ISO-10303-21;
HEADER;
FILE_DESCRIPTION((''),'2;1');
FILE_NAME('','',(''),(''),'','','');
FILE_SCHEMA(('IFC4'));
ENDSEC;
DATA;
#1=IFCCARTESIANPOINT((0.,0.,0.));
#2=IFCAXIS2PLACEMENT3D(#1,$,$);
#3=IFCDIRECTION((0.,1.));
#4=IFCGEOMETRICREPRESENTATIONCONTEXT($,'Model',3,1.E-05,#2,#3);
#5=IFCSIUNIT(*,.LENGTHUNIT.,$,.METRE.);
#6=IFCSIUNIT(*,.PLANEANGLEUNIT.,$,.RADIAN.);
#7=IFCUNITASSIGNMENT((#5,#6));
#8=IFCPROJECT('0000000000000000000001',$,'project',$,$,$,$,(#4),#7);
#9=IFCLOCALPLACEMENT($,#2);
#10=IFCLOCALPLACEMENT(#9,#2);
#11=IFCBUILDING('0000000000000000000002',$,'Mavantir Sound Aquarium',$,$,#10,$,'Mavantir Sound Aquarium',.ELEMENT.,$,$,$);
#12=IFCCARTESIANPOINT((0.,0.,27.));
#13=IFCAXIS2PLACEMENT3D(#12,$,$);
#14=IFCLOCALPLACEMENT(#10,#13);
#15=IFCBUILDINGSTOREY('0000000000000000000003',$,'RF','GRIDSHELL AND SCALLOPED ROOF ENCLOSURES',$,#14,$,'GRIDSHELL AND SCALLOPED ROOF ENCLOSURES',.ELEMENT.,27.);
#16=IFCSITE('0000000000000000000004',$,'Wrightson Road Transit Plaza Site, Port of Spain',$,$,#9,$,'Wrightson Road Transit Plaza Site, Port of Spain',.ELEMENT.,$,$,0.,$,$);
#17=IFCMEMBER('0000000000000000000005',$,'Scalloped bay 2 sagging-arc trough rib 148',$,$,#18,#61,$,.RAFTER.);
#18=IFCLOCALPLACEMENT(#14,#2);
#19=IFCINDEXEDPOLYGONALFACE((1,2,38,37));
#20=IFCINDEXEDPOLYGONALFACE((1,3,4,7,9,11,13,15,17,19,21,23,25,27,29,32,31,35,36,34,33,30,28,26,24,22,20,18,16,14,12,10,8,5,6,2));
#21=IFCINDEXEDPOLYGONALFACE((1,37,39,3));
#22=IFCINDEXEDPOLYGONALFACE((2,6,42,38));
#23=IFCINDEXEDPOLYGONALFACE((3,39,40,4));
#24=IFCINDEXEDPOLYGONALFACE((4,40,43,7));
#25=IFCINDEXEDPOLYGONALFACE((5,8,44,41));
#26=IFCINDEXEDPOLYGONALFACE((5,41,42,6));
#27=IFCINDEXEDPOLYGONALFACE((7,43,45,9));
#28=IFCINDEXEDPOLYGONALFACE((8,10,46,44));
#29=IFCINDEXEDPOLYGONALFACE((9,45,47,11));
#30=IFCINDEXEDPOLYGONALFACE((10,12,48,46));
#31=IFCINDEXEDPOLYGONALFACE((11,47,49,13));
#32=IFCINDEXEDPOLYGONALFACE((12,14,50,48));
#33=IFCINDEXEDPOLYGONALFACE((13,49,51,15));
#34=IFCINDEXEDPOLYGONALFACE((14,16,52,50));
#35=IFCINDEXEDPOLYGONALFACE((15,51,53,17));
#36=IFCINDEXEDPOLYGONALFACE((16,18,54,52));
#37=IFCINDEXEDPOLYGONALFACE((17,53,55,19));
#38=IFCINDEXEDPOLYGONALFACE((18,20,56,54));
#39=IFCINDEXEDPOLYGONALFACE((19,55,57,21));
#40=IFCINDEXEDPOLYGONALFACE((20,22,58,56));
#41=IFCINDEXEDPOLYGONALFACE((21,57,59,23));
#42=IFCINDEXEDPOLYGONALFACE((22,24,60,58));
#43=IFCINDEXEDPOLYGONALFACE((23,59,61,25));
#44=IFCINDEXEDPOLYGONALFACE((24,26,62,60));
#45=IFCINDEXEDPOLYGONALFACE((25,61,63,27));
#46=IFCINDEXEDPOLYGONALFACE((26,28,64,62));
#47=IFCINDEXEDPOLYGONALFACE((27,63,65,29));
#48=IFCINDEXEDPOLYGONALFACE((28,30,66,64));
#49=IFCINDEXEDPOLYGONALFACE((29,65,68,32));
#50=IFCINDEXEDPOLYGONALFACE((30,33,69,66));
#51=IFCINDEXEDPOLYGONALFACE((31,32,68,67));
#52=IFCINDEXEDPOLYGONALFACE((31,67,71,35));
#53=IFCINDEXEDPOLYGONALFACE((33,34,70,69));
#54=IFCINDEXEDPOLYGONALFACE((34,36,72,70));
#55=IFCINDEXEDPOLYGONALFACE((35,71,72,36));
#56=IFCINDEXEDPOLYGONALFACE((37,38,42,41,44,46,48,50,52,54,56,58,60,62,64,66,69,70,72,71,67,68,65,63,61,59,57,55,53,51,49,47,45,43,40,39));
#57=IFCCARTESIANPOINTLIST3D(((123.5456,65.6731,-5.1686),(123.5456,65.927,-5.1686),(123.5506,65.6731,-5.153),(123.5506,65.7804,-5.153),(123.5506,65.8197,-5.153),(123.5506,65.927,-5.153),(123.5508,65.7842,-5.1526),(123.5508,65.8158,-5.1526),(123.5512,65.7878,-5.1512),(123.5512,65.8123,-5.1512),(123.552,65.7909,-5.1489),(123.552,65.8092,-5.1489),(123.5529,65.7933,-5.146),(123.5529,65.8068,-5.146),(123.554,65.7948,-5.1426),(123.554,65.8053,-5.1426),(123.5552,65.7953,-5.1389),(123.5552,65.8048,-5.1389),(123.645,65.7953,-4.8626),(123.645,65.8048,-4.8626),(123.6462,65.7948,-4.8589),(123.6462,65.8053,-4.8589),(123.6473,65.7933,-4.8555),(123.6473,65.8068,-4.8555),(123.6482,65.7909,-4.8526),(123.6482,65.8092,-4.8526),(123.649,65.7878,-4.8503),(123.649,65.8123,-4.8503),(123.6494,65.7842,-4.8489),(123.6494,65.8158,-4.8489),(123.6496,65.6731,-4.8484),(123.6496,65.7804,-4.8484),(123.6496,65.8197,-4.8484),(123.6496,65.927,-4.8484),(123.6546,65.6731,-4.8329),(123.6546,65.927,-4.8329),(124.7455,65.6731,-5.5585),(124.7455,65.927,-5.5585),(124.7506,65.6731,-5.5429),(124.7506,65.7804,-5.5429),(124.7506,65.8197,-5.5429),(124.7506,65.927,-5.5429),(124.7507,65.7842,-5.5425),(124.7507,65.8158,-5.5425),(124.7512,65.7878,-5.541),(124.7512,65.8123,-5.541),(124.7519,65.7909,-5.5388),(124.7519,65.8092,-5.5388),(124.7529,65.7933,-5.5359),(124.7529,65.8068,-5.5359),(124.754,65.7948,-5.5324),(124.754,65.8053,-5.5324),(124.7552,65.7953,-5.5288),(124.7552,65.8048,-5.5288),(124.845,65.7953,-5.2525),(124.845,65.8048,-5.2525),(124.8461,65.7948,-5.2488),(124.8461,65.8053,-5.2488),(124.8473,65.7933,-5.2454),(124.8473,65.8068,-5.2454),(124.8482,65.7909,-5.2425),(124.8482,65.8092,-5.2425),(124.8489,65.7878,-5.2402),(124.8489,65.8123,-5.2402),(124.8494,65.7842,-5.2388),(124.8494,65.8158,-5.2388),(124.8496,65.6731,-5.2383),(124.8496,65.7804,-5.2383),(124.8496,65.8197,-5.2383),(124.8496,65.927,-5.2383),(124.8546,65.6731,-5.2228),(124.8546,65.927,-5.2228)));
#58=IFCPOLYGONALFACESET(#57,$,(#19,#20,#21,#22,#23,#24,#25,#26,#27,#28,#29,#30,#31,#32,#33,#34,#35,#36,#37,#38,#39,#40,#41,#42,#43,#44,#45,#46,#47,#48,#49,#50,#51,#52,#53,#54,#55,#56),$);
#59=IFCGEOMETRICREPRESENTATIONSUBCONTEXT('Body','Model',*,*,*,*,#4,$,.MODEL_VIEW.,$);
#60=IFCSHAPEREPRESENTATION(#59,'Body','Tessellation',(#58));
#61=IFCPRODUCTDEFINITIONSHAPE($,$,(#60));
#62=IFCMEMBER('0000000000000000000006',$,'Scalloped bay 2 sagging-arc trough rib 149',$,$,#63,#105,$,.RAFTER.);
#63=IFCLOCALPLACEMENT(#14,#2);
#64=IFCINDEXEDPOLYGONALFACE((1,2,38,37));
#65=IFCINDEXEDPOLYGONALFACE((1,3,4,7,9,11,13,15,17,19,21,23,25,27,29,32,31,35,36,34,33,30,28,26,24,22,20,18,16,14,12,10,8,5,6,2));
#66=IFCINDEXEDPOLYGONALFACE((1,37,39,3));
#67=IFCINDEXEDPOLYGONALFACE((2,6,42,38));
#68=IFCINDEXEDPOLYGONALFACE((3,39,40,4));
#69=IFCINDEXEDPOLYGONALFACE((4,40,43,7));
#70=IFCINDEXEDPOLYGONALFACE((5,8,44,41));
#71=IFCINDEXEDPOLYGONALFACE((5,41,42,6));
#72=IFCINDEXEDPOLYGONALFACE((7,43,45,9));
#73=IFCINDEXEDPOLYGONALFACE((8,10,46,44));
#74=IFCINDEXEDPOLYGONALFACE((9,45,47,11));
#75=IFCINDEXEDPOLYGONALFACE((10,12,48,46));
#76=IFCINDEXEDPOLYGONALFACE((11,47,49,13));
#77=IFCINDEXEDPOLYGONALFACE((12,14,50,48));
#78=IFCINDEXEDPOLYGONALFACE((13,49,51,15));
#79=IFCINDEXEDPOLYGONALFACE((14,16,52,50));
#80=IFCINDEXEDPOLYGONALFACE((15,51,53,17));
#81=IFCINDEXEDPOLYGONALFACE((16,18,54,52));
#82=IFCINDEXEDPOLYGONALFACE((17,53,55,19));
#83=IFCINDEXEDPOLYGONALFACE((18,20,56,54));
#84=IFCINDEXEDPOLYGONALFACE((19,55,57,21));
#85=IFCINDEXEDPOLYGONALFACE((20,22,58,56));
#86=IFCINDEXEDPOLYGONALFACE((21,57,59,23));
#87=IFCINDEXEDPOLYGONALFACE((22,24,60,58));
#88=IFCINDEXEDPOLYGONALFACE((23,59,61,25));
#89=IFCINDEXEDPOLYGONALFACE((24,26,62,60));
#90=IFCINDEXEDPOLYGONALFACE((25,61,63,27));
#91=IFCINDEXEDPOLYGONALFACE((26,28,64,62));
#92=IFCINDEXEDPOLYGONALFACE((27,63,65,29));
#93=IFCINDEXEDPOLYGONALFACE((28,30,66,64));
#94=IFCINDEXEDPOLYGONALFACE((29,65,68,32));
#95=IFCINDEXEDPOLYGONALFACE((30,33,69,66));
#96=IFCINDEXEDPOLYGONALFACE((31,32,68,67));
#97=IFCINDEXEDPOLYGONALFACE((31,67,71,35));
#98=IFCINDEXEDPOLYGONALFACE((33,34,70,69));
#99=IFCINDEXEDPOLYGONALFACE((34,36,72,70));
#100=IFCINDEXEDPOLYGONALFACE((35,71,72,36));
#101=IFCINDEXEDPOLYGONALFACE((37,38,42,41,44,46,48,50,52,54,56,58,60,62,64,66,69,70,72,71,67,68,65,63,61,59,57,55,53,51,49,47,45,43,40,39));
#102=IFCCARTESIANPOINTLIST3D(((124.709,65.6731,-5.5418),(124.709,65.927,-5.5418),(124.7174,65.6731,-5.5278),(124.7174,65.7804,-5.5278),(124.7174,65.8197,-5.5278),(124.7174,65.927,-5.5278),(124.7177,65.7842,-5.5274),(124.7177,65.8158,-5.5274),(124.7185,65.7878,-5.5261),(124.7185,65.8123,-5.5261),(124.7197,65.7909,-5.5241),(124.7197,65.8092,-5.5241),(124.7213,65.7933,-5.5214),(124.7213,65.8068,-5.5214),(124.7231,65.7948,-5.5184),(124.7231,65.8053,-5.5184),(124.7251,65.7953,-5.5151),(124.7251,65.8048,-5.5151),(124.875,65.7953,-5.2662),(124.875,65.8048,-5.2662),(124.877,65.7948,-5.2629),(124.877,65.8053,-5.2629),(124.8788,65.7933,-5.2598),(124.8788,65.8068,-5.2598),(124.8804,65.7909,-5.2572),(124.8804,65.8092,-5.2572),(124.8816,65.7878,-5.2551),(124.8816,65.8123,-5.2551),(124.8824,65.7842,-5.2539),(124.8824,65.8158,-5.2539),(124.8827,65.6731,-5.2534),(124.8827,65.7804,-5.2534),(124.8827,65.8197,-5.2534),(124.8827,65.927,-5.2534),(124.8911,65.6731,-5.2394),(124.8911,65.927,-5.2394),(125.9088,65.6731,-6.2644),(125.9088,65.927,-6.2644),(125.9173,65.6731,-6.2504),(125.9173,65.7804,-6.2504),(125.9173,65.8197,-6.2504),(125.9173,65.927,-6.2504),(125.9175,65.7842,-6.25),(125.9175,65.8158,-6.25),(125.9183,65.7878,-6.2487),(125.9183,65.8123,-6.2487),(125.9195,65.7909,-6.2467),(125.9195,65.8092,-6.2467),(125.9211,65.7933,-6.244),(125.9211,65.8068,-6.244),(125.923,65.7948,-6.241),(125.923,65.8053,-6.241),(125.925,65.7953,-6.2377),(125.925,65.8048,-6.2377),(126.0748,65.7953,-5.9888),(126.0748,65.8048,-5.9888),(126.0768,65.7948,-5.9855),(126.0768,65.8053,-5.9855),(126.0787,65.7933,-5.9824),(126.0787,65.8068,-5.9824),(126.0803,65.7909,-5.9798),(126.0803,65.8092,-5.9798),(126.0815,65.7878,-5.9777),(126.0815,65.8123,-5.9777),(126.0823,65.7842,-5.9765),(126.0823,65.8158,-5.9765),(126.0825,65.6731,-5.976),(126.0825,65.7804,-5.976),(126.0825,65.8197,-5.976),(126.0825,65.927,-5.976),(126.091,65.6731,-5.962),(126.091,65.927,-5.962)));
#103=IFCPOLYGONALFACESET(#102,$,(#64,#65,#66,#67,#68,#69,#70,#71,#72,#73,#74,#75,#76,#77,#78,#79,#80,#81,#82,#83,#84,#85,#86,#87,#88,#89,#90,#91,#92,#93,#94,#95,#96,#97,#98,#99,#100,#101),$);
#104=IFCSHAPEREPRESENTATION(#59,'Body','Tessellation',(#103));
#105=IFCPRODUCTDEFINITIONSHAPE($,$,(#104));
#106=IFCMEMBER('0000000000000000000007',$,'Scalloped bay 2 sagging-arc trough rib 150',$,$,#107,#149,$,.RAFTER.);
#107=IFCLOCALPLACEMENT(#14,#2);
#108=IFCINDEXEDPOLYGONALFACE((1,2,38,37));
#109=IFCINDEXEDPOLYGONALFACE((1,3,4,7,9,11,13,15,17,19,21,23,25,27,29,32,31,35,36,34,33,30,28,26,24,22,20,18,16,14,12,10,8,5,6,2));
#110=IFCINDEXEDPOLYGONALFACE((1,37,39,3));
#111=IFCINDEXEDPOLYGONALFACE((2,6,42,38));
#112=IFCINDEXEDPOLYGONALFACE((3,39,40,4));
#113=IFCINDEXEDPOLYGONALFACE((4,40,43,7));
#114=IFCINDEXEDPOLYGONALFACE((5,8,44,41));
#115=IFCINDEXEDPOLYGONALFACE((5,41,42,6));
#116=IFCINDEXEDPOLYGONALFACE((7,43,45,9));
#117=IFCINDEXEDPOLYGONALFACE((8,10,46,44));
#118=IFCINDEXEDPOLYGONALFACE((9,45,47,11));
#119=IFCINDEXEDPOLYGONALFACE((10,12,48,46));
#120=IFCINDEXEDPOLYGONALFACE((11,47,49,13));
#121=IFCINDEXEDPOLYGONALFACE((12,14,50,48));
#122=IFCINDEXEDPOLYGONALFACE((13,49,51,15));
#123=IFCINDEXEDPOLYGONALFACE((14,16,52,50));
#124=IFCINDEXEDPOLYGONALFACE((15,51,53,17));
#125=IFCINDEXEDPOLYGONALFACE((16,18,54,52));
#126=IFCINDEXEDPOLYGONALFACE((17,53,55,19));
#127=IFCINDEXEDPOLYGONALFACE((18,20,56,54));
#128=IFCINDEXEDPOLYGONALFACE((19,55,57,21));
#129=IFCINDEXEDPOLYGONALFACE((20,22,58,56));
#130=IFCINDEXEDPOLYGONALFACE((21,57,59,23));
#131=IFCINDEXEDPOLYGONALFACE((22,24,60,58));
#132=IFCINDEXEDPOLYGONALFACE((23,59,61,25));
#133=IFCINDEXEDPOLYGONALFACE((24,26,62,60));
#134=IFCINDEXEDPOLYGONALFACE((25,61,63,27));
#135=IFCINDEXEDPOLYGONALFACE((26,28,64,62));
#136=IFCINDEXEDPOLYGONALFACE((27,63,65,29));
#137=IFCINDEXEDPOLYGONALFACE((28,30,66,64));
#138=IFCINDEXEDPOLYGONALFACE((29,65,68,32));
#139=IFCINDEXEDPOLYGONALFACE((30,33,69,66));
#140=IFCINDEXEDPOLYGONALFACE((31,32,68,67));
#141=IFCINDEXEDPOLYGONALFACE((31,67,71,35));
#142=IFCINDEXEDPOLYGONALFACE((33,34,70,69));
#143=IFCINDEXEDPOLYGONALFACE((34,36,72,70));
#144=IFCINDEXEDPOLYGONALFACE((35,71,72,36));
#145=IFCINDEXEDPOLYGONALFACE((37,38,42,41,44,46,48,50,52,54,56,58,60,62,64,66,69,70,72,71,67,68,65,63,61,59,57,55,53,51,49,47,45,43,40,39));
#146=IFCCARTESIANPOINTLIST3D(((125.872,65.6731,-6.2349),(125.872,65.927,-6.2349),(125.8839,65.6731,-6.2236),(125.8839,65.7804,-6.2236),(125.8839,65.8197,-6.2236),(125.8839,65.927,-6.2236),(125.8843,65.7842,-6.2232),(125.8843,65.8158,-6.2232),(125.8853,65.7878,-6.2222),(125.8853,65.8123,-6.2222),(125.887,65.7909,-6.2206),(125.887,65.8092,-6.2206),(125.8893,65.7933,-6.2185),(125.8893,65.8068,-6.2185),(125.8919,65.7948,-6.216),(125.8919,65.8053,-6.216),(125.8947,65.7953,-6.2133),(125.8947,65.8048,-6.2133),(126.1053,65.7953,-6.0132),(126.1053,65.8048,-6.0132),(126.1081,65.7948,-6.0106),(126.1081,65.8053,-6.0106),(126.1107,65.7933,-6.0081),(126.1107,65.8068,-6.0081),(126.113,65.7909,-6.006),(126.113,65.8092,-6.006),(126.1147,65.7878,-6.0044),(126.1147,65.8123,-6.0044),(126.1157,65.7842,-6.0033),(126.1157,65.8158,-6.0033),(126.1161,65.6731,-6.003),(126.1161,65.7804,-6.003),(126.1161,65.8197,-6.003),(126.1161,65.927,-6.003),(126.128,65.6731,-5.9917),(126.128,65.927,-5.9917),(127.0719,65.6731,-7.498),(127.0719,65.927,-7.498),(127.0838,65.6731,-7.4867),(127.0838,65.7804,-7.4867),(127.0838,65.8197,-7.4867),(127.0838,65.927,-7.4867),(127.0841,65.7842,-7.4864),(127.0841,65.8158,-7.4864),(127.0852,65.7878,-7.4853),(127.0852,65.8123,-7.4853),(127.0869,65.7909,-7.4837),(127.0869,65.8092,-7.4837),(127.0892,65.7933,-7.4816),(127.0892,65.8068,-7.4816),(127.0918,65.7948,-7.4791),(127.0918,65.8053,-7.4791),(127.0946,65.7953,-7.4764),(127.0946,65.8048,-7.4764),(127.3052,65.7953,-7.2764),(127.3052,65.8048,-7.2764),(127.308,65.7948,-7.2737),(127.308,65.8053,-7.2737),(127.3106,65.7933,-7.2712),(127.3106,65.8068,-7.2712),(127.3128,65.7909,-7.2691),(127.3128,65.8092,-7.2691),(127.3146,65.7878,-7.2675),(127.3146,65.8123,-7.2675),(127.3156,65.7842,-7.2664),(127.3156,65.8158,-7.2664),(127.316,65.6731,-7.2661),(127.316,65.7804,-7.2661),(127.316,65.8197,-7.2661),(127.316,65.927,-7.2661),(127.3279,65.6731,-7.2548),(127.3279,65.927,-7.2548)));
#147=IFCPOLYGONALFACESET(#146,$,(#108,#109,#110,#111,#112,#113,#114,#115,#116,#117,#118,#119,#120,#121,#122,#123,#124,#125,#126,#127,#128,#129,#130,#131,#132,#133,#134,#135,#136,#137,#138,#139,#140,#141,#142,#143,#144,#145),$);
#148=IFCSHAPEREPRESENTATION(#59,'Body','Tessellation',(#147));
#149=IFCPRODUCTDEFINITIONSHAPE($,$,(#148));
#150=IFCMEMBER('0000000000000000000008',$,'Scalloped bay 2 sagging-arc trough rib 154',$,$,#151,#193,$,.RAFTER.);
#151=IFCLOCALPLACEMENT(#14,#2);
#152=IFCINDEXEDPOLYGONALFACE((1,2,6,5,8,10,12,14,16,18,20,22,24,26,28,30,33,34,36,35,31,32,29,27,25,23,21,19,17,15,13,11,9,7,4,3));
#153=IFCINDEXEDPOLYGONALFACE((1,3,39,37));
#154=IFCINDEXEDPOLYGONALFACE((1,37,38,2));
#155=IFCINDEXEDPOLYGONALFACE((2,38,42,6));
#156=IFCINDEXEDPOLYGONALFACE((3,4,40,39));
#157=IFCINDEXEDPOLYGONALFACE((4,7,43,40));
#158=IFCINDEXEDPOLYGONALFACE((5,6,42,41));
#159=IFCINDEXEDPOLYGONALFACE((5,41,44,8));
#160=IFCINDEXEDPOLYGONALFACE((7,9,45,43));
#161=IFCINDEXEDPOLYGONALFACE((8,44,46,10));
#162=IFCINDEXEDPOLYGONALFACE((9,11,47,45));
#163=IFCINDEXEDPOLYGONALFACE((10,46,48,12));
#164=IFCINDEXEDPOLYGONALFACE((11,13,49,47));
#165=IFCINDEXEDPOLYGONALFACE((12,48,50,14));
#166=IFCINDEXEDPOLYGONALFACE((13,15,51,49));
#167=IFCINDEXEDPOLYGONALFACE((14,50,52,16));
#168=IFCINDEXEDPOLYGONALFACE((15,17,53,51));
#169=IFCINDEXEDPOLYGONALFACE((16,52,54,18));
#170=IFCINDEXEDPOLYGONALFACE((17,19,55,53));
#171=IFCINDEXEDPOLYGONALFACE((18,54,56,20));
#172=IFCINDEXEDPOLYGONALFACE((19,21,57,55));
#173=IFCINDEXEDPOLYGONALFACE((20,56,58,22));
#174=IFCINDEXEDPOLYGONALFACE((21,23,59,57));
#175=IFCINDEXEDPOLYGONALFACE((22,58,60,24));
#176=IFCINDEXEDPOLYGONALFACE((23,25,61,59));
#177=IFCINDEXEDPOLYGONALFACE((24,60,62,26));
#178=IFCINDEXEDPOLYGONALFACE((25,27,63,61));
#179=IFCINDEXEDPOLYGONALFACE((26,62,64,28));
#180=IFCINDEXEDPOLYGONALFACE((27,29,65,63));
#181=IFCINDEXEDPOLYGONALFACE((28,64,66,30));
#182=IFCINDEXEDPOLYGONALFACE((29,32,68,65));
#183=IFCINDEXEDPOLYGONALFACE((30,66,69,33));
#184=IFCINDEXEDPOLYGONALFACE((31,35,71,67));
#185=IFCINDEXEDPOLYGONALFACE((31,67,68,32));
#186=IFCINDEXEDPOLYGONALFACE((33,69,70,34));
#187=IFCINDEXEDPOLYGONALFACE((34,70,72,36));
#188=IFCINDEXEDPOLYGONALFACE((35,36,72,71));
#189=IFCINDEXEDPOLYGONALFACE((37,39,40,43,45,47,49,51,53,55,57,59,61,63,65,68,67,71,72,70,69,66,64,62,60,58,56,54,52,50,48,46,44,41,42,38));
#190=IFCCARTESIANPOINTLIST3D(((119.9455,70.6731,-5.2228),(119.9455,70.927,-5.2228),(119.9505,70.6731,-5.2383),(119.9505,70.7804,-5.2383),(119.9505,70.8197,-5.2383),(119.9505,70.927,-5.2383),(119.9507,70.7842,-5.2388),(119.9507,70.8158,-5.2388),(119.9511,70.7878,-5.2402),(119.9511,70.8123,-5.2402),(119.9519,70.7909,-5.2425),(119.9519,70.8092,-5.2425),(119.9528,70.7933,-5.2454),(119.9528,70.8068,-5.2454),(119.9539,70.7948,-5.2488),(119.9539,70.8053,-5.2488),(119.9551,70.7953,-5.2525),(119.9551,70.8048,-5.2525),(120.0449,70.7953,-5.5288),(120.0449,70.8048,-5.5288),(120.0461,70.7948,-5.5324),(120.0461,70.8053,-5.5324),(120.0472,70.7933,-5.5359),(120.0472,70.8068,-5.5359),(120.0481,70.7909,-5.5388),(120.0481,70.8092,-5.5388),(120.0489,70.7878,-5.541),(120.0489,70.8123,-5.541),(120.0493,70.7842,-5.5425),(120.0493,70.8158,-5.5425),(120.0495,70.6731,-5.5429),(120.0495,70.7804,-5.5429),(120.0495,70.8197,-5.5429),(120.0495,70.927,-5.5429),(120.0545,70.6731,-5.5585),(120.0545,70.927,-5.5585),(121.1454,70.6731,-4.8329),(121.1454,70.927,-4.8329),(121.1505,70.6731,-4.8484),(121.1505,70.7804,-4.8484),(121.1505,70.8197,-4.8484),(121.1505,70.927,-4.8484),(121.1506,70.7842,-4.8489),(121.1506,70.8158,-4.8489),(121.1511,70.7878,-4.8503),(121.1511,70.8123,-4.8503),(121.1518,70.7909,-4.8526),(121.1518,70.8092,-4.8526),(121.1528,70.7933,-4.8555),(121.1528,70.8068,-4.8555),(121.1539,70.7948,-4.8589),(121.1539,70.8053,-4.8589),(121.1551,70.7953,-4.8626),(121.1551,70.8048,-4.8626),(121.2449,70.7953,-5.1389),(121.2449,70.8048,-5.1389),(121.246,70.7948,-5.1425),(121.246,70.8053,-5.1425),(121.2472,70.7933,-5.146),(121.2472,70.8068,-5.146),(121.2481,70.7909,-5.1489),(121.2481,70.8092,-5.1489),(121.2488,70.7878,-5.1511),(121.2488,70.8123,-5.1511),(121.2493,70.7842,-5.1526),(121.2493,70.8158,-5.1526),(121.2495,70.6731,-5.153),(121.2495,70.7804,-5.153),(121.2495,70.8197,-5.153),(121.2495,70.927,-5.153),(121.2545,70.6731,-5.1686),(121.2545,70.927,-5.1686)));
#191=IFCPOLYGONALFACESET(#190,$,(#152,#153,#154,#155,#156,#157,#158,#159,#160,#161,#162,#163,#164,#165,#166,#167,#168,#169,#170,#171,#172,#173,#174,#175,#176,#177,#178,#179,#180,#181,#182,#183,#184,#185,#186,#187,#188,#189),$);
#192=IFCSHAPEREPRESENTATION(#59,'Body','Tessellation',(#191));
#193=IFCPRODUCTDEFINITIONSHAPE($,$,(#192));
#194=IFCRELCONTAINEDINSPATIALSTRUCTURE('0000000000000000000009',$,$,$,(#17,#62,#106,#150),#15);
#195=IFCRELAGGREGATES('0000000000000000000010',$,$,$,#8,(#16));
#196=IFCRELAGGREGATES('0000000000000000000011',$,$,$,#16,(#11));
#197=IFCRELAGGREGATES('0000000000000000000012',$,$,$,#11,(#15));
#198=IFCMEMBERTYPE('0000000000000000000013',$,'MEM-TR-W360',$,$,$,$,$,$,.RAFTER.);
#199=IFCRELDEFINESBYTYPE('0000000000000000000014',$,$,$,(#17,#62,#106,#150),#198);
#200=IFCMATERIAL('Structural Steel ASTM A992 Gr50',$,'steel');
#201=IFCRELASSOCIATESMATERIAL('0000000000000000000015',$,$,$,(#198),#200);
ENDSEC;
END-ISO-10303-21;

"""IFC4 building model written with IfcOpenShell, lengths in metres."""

from ifc_helpers import new_model, si_unit, direction, frame, origin, origin_2d, place, context, subcontext, project, spatial, i_section, extrude, material, material_profile, profile_set, type_object, element, save


model = new_model("IFC4")

# Units and contexts
model_context = context("Model", 3, precision=1e-05, world=origin(), true_north=direction((0.0, 1.0)))
body_context = subcontext(model_context, "Body", "Model", "MODEL_VIEW")
ifc_project = project(units=[si_unit("LENGTHUNIT", "METRE"), si_unit("PLANEANGLEUNIT", "RADIAN")], contexts=[model_context])

# Site, building, storey
site_placement = place(None, origin())
site = spatial("IfcSite", under=ifc_project, at=site_placement, Name="Wrightson Road Transit Plaza Site, Port of Spain", LongName="Wrightson Road Transit Plaza Site, Port of Spain", CompositionType="ELEMENT", RefElevation=0.0)
building_placement = place(site_placement, origin())
building = spatial("IfcBuilding", under=site, at=building_placement, Name="Mavantir Sound Aquarium", LongName="Mavantir Sound Aquarium", CompositionType="ELEMENT")
storey_placement = place(building_placement, frame((0.0, 0.0, 27.0)))
storey = spatial("IfcBuildingStorey", under=building, at=storey_placement, Name="RF", Description="GRIDSHELL AND SCALLOPED ROOF ENCLOSURES", LongName="GRIDSHELL AND SCALLOPED ROOF ENCLOSURES", CompositionType="ELEMENT", Elevation=27.0)

# Members
ifc_material_1 = material(Name="Structural Steel ASTM A992 Gr50", Category="steel")
ifc_material_profile_1 = material_profile(ifc_material_1, i_section(OverallWidth=0.2539, OverallDepth=0.353, WebThickness=0.0095, FlangeThickness=0.0164, FilletRadius=0.0149, at=origin_2d()), Name="W360X91")
ifc_profile_set_1 = profile_set([ifc_material_profile_1], Name="Structural Steel ASTM A992 Gr50")
member_type_1 = type_object("IfcMemberType", Name="MEM-TR-W360", PredefinedType="RAFTER", material=ifc_profile_set_1)
member_1_placement = place(storey_placement, frame((123.6001, 65.8, -5.0007), z_axis=(0.951055, 0.0, -0.30902), x_axis=(0.0, 1.0, 0.0)))
element("IfcMember", 1, at=member_1_placement, inside=storey, type_object=member_type_1, Name="Scalloped bay 2 sagging-arc trough rib 148", PredefinedType="RAFTER", context=body_context, shape_type="SweptSolid", body=[
    extrude(i_section(OverallWidth=0.2539, OverallDepth=0.353, WebThickness=0.0095, FlangeThickness=0.0164, FilletRadius=0.0149, at=origin_2d()), origin(), (0.0, 0.0, 1.0), 1.2617),
])
member_2_placement = place(storey_placement, frame((124.8, 65.8, -5.3906), z_axis=(0.856646, 0.0, -0.515905), x_axis=(0.0, 1.0, 0.0)))
element("IfcMember", 2, at=member_2_placement, inside=storey, type_object=member_type_1, Name="Scalloped bay 2 sagging-arc trough rib 149", PredefinedType="RAFTER", context=body_context, shape_type="SweptSolid", body=[
    extrude(i_section(OverallWidth=0.2539, OverallDepth=0.353, WebThickness=0.0095, FlangeThickness=0.0164, FilletRadius=0.0149, at=origin_2d()), origin(), (0.0, 0.0, 1.0), 1.4006),
])
member_3_placement = place(storey_placement, frame((126.0, 65.8, -6.1133), z_axis=(0.688727, 0.0, -0.72502), x_axis=(0.0, 1.0, 0.0)))
element("IfcMember", 3, at=member_3_placement, inside=storey, type_object=member_type_1, Name="Scalloped bay 2 sagging-arc trough rib 150", PredefinedType="RAFTER", context=body_context, shape_type="SweptSolid", body=[
    extrude(i_section(OverallWidth=0.2539, OverallDepth=0.353, WebThickness=0.0095, FlangeThickness=0.0164, FilletRadius=0.0149, at=origin_2d()), origin(), (0.0, 0.0, 1.0), 1.7422),
])
member_4_placement = place(storey_placement, frame((120.0, 70.8, -5.3906), z_axis=(0.951055, 0.0, 0.30902), x_axis=(0.0, 1.0, 0.0)))
element("IfcMember", 4, at=member_4_placement, inside=storey, type_object=member_type_1, Name="Scalloped bay 2 sagging-arc trough rib 154", PredefinedType="RAFTER", context=body_context, shape_type="SweptSolid", body=[
    extrude(i_section(OverallWidth=0.2539, OverallDepth=0.353, WebThickness=0.0095, FlangeThickness=0.0164, FilletRadius=0.0149, at=origin_2d()), origin(), (0.0, 0.0, 1.0), 1.2617),
])

save(model, "model.ifc")
